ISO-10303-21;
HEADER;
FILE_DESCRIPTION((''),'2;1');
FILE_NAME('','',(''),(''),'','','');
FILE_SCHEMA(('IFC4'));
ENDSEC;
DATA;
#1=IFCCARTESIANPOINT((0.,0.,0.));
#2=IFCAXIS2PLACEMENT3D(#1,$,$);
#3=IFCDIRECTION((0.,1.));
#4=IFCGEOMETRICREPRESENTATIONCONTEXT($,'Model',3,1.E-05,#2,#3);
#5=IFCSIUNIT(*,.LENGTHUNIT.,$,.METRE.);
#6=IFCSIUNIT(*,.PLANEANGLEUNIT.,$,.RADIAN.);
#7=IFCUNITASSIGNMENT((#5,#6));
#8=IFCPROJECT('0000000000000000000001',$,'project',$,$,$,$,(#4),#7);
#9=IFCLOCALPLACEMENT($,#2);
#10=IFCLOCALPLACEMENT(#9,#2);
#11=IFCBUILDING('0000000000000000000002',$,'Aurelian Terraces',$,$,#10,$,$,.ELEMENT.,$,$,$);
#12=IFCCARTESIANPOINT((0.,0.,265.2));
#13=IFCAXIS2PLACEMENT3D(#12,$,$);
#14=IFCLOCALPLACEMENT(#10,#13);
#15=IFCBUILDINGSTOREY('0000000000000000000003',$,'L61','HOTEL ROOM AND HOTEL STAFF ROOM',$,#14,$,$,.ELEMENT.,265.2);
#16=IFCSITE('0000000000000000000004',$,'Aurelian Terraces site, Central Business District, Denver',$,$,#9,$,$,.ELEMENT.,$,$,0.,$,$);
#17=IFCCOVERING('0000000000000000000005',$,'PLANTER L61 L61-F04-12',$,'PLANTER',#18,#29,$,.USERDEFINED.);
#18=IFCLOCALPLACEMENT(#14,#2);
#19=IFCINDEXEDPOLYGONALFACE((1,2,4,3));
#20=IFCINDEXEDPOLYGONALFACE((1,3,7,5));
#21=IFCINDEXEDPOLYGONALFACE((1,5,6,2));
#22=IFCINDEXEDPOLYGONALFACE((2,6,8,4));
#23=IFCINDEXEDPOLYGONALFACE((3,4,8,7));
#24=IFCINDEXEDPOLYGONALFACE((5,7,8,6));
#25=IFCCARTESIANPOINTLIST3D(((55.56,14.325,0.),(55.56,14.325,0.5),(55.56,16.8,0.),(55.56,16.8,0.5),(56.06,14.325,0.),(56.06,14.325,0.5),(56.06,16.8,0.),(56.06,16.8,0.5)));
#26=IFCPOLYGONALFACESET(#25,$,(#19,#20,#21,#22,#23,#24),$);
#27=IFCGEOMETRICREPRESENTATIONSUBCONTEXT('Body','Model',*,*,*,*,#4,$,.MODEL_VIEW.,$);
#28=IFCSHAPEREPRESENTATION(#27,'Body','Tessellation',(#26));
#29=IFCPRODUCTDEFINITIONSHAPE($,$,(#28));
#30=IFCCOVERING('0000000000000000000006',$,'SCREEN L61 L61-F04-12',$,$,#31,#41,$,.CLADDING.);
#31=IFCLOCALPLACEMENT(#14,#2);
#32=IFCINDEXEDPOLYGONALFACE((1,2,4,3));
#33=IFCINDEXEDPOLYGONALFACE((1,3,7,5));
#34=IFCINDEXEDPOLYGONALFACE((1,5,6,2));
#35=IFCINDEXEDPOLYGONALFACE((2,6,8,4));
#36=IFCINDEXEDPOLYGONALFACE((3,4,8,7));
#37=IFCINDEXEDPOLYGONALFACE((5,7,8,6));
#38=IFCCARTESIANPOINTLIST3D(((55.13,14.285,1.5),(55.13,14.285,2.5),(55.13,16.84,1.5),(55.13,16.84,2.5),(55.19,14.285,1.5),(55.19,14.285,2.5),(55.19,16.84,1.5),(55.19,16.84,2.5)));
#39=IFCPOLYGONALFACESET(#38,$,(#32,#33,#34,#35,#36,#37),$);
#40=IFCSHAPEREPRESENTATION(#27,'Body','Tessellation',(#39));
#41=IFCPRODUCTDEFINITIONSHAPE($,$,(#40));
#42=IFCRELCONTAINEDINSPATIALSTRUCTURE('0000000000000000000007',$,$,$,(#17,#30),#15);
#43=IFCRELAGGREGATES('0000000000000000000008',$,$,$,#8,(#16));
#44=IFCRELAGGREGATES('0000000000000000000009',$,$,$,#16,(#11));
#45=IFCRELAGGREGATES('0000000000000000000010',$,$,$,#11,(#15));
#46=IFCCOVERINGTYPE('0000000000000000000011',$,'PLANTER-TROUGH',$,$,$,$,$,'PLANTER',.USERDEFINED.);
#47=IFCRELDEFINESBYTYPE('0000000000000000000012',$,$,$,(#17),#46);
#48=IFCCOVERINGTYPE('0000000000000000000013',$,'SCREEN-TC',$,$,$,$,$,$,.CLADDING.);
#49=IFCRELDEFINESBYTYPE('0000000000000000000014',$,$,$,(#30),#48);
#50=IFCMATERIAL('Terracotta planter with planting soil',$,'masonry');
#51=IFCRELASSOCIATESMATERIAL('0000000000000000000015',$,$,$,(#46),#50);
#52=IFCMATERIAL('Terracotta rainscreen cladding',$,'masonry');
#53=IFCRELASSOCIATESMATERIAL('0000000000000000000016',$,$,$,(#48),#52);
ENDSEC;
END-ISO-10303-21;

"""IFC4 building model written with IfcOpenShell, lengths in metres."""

from ifc_helpers import new_model, si_unit, direction, frame, origin, origin_2d, place, context, subcontext, project, spatial, rectangle, extrude, source, transform, mapped, material, type_object, element, save


model = new_model("IFC4")

# Units and contexts
model_context = context("Model", 3, precision=1e-05, world=origin(), true_north=direction((0.0, 1.0)))
body_context = subcontext(model_context, "Body", "Model", "MODEL_VIEW")
ifc_project = project(units=[si_unit("LENGTHUNIT", "METRE"), si_unit("PLANEANGLEUNIT", "RADIAN")], contexts=[model_context])

# Site, building, storey
site_placement = place(None, origin())
site = spatial("IfcSite", under=ifc_project, at=site_placement, Name="Aurelian Terraces site, Central Business District, Denver", CompositionType="ELEMENT", RefElevation=0.0)
building_placement = place(site_placement, origin())
building = spatial("IfcBuilding", under=site, at=building_placement, Name="Aurelian Terraces", CompositionType="ELEMENT")
storey_placement = place(building_placement, frame((0.0, 0.0, 265.2)))
storey = spatial("IfcBuildingStorey", under=building, at=storey_placement, Name="L61", Description="HOTEL ROOM AND HOTEL STAFF ROOM", CompositionType="ELEMENT", Elevation=265.2)

# Shared definitions
ifc_material_1 = material(Name="Terracotta rainscreen cladding", Category="masonry")

# Coverings
ifc_material_2 = material(Name="Terracotta planter with planting soil", Category="masonry")
covering_type_1 = type_object("IfcCoveringType", Name="PLANTER-TROUGH", ElementType="PLANTER", PredefinedType="USERDEFINED", material=ifc_material_2)
shared_shape_1 = source(origin(), body_context, "Body", "SweptSolid", [
    extrude(rectangle(XDim=0.5, YDim=2.475, at=origin_2d()), origin(), (0.0, 0.0, 1.0), 0.5),
])
covering_1_placement = place(storey_placement, frame((55.81, 15.5625, 0.0), z_axis=(0.0, 0.0, 1.0), x_axis=(1.0, 0.0, 0.0)))
element("IfcCovering", 1, at=covering_1_placement, inside=storey, type_object=covering_type_1, Name="PLANTER L61 L61-F04-12", ObjectType="PLANTER", PredefinedType="USERDEFINED", context=body_context, shape_type="MappedRepresentation", body=[
    mapped(shared_shape_1, transform((0.0, 0.0, 0.0), scale=1.0)),
])
covering_type_2 = type_object("IfcCoveringType", Name="SCREEN-TC", PredefinedType="CLADDING", material=ifc_material_1)
shared_shape_2 = source(origin(), body_context, "Body", "SweptSolid", [
    extrude(rectangle(XDim=0.06, YDim=2.555, at=origin_2d()), origin(), (0.0, 0.0, 1.0), 1.0),
])
covering_2_placement = place(storey_placement, frame((55.16, 15.5625, 1.5), z_axis=(0.0, 0.0, 1.0), x_axis=(1.0, 0.0, 0.0)))
element("IfcCovering", 2, at=covering_2_placement, inside=storey, type_object=covering_type_2, Name="SCREEN L61 L61-F04-12", PredefinedType="CLADDING", context=body_context, shape_type="MappedRepresentation", body=[
    mapped(shared_shape_2, transform((0.0, 0.0, 0.0), scale=1.0)),
])

save(model, "model.ifc")
